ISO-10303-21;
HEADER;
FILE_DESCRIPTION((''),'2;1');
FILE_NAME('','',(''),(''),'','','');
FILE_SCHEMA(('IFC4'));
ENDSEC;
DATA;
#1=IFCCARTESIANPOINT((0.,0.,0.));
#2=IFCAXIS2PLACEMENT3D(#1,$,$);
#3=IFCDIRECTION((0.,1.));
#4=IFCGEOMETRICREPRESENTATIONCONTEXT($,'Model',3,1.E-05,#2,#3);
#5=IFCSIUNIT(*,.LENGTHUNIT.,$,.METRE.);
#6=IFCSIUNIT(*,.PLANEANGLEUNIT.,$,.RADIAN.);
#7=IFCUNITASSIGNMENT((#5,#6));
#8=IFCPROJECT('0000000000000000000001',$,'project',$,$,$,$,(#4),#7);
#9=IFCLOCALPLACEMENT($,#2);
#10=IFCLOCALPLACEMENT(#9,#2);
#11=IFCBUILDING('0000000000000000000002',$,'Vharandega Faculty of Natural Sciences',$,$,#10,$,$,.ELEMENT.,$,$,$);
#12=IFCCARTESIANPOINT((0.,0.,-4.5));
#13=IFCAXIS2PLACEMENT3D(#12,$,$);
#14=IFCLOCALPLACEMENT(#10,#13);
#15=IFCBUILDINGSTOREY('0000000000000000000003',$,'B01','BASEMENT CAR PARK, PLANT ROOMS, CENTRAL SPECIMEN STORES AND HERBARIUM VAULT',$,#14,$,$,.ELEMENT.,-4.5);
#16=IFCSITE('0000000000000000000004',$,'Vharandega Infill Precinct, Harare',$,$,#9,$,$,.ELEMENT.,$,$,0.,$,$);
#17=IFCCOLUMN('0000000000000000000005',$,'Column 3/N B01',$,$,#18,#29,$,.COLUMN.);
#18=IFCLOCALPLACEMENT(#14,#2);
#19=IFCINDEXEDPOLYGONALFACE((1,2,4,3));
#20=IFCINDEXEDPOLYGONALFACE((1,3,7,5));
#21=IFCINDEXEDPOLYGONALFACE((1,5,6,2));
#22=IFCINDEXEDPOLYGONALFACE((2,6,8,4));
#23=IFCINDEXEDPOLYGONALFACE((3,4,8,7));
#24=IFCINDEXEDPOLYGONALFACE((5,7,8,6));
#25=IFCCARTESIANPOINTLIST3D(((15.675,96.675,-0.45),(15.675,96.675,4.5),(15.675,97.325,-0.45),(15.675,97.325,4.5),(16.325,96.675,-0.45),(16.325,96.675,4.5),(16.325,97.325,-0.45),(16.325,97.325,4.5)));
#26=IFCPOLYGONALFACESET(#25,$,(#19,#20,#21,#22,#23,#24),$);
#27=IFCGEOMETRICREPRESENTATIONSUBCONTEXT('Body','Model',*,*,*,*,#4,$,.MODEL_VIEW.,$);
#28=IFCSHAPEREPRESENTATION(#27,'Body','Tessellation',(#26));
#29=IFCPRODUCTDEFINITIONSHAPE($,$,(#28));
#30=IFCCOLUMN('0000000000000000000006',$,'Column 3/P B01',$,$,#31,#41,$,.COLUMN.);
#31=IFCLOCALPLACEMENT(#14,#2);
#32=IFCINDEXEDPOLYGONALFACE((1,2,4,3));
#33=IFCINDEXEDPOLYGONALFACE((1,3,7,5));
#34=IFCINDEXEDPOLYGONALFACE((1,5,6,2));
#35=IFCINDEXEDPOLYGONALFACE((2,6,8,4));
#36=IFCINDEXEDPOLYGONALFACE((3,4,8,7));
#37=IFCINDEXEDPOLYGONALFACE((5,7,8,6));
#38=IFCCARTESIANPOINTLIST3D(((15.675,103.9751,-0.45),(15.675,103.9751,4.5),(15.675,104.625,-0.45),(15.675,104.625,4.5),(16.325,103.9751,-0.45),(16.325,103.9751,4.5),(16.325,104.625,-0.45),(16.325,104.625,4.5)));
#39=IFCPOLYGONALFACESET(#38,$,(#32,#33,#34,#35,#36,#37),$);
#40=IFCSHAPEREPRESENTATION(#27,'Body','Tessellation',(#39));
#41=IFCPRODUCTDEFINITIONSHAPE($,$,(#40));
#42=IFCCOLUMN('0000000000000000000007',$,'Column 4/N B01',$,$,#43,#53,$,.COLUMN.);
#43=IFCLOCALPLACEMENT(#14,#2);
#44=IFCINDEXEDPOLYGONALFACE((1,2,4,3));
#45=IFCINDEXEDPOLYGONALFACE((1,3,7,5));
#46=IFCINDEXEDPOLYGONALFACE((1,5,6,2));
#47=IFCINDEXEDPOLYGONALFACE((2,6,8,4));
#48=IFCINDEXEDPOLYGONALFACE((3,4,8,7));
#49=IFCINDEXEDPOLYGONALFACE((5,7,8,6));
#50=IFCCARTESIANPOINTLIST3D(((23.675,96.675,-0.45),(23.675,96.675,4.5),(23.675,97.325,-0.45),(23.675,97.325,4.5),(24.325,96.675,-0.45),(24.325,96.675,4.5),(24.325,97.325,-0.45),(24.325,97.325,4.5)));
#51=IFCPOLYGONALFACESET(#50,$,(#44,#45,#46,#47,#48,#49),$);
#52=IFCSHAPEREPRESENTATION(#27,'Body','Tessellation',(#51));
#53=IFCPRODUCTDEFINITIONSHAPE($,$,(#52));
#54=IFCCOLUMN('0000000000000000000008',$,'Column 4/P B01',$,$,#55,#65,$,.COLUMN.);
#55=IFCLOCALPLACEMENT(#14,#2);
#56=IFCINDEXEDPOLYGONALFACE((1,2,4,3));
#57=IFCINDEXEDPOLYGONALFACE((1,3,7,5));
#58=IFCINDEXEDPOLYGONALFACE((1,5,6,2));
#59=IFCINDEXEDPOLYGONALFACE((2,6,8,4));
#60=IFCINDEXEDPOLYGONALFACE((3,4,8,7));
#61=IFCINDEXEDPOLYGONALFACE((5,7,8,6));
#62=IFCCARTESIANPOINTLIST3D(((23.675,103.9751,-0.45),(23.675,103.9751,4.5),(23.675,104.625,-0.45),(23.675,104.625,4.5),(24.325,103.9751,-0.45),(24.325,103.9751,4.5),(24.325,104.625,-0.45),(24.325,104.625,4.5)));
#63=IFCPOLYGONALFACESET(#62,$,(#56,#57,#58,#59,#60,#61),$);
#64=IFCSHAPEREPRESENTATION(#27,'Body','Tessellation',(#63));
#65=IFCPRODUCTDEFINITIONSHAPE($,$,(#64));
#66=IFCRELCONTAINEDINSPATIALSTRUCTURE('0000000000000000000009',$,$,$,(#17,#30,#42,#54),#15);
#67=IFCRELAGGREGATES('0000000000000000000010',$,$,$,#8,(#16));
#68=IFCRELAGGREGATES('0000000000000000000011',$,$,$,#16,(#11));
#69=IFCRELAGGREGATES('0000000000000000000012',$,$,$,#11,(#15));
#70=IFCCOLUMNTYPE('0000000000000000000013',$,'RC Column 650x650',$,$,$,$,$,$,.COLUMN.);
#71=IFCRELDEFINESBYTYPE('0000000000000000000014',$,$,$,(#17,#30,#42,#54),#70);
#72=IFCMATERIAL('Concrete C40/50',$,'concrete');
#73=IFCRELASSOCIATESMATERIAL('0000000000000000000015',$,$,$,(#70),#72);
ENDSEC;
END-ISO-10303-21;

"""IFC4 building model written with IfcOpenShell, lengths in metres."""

from ifc_helpers import new_model, si_unit, direction, frame, origin, origin_2d, place, context, subcontext, project, spatial, rectangle, extrude, material, material_profile, profile_set, type_object, element, save


model = new_model("IFC4")

# Units and contexts
model_context = context("Model", 3, precision=1e-05, world=origin(), true_north=direction((0.0, 1.0)))
body_context = subcontext(model_context, "Body", "Model", "MODEL_VIEW")
ifc_project = project(units=[si_unit("LENGTHUNIT", "METRE"), si_unit("PLANEANGLEUNIT", "RADIAN")], contexts=[model_context])

# Site, building, storey
site_placement = place(None, origin())
site = spatial("IfcSite", under=ifc_project, at=site_placement, Name="Vharandega Infill Precinct, Harare", CompositionType="ELEMENT", RefElevation=0.0)
building_placement = place(site_placement, origin())
building = spatial("IfcBuilding", under=site, at=building_placement, Name="Vharandega Faculty of Natural Sciences", CompositionType="ELEMENT")
storey_placement = place(building_placement, frame((0.0, 0.0, -4.5)))
storey = spatial("IfcBuildingStorey", under=building, at=storey_placement, Name="B01", Description="BASEMENT CAR PARK, PLANT ROOMS, CENTRAL SPECIMEN STORES AND HERBARIUM VAULT", CompositionType="ELEMENT", Elevation=-4.5)

# Columns
ifc_material_1 = material(Name="Concrete C40/50", Category="concrete")
ifc_material_profile_1 = material_profile(ifc_material_1, rectangle(XDim=0.6499, YDim=0.6499, at=origin_2d()), Name="RC 650x650")
ifc_profile_set_1 = profile_set([ifc_material_profile_1], Name="Concrete C40/50")
column_type = type_object("IfcColumnType", Name="RC Column 650x650", PredefinedType="COLUMN", material=ifc_profile_set_1)
for number, where, z_axis, x_axis, name in (
    (1, (16.0, 97.0, -0.45), (0.0, 0.0, 1.0), (1.0, 0.0, 0.0), "Column 3/N B01"),
    (2, (16.0, 104.3, -0.45), (0.0, 0.0, 1.0), (1.0, 0.0, 0.0), "Column 3/P B01"),
    (3, (24.0, 97.0, -0.45), (0.0, 0.0, 1.0), (1.0, 0.0, 0.0), "Column 4/N B01"),
    (4, (24.0, 104.3, -0.45), (0.0, 0.0, 1.0), (1.0, 0.0, 0.0), "Column 4/P B01"),
):
    element("IfcColumn", number, at=place(storey_placement, frame(where, z_axis=z_axis, x_axis=x_axis)), inside=storey, type_object=column_type, Name=name, PredefinedType="COLUMN", context=body_context, shape_type="SweptSolid", body=[
        extrude(rectangle(XDim=0.6499, YDim=0.6499, at=origin_2d()), origin(), (0.0, 0.0, 1.0), 4.95),
    ])

save(model, "model.ifc")
